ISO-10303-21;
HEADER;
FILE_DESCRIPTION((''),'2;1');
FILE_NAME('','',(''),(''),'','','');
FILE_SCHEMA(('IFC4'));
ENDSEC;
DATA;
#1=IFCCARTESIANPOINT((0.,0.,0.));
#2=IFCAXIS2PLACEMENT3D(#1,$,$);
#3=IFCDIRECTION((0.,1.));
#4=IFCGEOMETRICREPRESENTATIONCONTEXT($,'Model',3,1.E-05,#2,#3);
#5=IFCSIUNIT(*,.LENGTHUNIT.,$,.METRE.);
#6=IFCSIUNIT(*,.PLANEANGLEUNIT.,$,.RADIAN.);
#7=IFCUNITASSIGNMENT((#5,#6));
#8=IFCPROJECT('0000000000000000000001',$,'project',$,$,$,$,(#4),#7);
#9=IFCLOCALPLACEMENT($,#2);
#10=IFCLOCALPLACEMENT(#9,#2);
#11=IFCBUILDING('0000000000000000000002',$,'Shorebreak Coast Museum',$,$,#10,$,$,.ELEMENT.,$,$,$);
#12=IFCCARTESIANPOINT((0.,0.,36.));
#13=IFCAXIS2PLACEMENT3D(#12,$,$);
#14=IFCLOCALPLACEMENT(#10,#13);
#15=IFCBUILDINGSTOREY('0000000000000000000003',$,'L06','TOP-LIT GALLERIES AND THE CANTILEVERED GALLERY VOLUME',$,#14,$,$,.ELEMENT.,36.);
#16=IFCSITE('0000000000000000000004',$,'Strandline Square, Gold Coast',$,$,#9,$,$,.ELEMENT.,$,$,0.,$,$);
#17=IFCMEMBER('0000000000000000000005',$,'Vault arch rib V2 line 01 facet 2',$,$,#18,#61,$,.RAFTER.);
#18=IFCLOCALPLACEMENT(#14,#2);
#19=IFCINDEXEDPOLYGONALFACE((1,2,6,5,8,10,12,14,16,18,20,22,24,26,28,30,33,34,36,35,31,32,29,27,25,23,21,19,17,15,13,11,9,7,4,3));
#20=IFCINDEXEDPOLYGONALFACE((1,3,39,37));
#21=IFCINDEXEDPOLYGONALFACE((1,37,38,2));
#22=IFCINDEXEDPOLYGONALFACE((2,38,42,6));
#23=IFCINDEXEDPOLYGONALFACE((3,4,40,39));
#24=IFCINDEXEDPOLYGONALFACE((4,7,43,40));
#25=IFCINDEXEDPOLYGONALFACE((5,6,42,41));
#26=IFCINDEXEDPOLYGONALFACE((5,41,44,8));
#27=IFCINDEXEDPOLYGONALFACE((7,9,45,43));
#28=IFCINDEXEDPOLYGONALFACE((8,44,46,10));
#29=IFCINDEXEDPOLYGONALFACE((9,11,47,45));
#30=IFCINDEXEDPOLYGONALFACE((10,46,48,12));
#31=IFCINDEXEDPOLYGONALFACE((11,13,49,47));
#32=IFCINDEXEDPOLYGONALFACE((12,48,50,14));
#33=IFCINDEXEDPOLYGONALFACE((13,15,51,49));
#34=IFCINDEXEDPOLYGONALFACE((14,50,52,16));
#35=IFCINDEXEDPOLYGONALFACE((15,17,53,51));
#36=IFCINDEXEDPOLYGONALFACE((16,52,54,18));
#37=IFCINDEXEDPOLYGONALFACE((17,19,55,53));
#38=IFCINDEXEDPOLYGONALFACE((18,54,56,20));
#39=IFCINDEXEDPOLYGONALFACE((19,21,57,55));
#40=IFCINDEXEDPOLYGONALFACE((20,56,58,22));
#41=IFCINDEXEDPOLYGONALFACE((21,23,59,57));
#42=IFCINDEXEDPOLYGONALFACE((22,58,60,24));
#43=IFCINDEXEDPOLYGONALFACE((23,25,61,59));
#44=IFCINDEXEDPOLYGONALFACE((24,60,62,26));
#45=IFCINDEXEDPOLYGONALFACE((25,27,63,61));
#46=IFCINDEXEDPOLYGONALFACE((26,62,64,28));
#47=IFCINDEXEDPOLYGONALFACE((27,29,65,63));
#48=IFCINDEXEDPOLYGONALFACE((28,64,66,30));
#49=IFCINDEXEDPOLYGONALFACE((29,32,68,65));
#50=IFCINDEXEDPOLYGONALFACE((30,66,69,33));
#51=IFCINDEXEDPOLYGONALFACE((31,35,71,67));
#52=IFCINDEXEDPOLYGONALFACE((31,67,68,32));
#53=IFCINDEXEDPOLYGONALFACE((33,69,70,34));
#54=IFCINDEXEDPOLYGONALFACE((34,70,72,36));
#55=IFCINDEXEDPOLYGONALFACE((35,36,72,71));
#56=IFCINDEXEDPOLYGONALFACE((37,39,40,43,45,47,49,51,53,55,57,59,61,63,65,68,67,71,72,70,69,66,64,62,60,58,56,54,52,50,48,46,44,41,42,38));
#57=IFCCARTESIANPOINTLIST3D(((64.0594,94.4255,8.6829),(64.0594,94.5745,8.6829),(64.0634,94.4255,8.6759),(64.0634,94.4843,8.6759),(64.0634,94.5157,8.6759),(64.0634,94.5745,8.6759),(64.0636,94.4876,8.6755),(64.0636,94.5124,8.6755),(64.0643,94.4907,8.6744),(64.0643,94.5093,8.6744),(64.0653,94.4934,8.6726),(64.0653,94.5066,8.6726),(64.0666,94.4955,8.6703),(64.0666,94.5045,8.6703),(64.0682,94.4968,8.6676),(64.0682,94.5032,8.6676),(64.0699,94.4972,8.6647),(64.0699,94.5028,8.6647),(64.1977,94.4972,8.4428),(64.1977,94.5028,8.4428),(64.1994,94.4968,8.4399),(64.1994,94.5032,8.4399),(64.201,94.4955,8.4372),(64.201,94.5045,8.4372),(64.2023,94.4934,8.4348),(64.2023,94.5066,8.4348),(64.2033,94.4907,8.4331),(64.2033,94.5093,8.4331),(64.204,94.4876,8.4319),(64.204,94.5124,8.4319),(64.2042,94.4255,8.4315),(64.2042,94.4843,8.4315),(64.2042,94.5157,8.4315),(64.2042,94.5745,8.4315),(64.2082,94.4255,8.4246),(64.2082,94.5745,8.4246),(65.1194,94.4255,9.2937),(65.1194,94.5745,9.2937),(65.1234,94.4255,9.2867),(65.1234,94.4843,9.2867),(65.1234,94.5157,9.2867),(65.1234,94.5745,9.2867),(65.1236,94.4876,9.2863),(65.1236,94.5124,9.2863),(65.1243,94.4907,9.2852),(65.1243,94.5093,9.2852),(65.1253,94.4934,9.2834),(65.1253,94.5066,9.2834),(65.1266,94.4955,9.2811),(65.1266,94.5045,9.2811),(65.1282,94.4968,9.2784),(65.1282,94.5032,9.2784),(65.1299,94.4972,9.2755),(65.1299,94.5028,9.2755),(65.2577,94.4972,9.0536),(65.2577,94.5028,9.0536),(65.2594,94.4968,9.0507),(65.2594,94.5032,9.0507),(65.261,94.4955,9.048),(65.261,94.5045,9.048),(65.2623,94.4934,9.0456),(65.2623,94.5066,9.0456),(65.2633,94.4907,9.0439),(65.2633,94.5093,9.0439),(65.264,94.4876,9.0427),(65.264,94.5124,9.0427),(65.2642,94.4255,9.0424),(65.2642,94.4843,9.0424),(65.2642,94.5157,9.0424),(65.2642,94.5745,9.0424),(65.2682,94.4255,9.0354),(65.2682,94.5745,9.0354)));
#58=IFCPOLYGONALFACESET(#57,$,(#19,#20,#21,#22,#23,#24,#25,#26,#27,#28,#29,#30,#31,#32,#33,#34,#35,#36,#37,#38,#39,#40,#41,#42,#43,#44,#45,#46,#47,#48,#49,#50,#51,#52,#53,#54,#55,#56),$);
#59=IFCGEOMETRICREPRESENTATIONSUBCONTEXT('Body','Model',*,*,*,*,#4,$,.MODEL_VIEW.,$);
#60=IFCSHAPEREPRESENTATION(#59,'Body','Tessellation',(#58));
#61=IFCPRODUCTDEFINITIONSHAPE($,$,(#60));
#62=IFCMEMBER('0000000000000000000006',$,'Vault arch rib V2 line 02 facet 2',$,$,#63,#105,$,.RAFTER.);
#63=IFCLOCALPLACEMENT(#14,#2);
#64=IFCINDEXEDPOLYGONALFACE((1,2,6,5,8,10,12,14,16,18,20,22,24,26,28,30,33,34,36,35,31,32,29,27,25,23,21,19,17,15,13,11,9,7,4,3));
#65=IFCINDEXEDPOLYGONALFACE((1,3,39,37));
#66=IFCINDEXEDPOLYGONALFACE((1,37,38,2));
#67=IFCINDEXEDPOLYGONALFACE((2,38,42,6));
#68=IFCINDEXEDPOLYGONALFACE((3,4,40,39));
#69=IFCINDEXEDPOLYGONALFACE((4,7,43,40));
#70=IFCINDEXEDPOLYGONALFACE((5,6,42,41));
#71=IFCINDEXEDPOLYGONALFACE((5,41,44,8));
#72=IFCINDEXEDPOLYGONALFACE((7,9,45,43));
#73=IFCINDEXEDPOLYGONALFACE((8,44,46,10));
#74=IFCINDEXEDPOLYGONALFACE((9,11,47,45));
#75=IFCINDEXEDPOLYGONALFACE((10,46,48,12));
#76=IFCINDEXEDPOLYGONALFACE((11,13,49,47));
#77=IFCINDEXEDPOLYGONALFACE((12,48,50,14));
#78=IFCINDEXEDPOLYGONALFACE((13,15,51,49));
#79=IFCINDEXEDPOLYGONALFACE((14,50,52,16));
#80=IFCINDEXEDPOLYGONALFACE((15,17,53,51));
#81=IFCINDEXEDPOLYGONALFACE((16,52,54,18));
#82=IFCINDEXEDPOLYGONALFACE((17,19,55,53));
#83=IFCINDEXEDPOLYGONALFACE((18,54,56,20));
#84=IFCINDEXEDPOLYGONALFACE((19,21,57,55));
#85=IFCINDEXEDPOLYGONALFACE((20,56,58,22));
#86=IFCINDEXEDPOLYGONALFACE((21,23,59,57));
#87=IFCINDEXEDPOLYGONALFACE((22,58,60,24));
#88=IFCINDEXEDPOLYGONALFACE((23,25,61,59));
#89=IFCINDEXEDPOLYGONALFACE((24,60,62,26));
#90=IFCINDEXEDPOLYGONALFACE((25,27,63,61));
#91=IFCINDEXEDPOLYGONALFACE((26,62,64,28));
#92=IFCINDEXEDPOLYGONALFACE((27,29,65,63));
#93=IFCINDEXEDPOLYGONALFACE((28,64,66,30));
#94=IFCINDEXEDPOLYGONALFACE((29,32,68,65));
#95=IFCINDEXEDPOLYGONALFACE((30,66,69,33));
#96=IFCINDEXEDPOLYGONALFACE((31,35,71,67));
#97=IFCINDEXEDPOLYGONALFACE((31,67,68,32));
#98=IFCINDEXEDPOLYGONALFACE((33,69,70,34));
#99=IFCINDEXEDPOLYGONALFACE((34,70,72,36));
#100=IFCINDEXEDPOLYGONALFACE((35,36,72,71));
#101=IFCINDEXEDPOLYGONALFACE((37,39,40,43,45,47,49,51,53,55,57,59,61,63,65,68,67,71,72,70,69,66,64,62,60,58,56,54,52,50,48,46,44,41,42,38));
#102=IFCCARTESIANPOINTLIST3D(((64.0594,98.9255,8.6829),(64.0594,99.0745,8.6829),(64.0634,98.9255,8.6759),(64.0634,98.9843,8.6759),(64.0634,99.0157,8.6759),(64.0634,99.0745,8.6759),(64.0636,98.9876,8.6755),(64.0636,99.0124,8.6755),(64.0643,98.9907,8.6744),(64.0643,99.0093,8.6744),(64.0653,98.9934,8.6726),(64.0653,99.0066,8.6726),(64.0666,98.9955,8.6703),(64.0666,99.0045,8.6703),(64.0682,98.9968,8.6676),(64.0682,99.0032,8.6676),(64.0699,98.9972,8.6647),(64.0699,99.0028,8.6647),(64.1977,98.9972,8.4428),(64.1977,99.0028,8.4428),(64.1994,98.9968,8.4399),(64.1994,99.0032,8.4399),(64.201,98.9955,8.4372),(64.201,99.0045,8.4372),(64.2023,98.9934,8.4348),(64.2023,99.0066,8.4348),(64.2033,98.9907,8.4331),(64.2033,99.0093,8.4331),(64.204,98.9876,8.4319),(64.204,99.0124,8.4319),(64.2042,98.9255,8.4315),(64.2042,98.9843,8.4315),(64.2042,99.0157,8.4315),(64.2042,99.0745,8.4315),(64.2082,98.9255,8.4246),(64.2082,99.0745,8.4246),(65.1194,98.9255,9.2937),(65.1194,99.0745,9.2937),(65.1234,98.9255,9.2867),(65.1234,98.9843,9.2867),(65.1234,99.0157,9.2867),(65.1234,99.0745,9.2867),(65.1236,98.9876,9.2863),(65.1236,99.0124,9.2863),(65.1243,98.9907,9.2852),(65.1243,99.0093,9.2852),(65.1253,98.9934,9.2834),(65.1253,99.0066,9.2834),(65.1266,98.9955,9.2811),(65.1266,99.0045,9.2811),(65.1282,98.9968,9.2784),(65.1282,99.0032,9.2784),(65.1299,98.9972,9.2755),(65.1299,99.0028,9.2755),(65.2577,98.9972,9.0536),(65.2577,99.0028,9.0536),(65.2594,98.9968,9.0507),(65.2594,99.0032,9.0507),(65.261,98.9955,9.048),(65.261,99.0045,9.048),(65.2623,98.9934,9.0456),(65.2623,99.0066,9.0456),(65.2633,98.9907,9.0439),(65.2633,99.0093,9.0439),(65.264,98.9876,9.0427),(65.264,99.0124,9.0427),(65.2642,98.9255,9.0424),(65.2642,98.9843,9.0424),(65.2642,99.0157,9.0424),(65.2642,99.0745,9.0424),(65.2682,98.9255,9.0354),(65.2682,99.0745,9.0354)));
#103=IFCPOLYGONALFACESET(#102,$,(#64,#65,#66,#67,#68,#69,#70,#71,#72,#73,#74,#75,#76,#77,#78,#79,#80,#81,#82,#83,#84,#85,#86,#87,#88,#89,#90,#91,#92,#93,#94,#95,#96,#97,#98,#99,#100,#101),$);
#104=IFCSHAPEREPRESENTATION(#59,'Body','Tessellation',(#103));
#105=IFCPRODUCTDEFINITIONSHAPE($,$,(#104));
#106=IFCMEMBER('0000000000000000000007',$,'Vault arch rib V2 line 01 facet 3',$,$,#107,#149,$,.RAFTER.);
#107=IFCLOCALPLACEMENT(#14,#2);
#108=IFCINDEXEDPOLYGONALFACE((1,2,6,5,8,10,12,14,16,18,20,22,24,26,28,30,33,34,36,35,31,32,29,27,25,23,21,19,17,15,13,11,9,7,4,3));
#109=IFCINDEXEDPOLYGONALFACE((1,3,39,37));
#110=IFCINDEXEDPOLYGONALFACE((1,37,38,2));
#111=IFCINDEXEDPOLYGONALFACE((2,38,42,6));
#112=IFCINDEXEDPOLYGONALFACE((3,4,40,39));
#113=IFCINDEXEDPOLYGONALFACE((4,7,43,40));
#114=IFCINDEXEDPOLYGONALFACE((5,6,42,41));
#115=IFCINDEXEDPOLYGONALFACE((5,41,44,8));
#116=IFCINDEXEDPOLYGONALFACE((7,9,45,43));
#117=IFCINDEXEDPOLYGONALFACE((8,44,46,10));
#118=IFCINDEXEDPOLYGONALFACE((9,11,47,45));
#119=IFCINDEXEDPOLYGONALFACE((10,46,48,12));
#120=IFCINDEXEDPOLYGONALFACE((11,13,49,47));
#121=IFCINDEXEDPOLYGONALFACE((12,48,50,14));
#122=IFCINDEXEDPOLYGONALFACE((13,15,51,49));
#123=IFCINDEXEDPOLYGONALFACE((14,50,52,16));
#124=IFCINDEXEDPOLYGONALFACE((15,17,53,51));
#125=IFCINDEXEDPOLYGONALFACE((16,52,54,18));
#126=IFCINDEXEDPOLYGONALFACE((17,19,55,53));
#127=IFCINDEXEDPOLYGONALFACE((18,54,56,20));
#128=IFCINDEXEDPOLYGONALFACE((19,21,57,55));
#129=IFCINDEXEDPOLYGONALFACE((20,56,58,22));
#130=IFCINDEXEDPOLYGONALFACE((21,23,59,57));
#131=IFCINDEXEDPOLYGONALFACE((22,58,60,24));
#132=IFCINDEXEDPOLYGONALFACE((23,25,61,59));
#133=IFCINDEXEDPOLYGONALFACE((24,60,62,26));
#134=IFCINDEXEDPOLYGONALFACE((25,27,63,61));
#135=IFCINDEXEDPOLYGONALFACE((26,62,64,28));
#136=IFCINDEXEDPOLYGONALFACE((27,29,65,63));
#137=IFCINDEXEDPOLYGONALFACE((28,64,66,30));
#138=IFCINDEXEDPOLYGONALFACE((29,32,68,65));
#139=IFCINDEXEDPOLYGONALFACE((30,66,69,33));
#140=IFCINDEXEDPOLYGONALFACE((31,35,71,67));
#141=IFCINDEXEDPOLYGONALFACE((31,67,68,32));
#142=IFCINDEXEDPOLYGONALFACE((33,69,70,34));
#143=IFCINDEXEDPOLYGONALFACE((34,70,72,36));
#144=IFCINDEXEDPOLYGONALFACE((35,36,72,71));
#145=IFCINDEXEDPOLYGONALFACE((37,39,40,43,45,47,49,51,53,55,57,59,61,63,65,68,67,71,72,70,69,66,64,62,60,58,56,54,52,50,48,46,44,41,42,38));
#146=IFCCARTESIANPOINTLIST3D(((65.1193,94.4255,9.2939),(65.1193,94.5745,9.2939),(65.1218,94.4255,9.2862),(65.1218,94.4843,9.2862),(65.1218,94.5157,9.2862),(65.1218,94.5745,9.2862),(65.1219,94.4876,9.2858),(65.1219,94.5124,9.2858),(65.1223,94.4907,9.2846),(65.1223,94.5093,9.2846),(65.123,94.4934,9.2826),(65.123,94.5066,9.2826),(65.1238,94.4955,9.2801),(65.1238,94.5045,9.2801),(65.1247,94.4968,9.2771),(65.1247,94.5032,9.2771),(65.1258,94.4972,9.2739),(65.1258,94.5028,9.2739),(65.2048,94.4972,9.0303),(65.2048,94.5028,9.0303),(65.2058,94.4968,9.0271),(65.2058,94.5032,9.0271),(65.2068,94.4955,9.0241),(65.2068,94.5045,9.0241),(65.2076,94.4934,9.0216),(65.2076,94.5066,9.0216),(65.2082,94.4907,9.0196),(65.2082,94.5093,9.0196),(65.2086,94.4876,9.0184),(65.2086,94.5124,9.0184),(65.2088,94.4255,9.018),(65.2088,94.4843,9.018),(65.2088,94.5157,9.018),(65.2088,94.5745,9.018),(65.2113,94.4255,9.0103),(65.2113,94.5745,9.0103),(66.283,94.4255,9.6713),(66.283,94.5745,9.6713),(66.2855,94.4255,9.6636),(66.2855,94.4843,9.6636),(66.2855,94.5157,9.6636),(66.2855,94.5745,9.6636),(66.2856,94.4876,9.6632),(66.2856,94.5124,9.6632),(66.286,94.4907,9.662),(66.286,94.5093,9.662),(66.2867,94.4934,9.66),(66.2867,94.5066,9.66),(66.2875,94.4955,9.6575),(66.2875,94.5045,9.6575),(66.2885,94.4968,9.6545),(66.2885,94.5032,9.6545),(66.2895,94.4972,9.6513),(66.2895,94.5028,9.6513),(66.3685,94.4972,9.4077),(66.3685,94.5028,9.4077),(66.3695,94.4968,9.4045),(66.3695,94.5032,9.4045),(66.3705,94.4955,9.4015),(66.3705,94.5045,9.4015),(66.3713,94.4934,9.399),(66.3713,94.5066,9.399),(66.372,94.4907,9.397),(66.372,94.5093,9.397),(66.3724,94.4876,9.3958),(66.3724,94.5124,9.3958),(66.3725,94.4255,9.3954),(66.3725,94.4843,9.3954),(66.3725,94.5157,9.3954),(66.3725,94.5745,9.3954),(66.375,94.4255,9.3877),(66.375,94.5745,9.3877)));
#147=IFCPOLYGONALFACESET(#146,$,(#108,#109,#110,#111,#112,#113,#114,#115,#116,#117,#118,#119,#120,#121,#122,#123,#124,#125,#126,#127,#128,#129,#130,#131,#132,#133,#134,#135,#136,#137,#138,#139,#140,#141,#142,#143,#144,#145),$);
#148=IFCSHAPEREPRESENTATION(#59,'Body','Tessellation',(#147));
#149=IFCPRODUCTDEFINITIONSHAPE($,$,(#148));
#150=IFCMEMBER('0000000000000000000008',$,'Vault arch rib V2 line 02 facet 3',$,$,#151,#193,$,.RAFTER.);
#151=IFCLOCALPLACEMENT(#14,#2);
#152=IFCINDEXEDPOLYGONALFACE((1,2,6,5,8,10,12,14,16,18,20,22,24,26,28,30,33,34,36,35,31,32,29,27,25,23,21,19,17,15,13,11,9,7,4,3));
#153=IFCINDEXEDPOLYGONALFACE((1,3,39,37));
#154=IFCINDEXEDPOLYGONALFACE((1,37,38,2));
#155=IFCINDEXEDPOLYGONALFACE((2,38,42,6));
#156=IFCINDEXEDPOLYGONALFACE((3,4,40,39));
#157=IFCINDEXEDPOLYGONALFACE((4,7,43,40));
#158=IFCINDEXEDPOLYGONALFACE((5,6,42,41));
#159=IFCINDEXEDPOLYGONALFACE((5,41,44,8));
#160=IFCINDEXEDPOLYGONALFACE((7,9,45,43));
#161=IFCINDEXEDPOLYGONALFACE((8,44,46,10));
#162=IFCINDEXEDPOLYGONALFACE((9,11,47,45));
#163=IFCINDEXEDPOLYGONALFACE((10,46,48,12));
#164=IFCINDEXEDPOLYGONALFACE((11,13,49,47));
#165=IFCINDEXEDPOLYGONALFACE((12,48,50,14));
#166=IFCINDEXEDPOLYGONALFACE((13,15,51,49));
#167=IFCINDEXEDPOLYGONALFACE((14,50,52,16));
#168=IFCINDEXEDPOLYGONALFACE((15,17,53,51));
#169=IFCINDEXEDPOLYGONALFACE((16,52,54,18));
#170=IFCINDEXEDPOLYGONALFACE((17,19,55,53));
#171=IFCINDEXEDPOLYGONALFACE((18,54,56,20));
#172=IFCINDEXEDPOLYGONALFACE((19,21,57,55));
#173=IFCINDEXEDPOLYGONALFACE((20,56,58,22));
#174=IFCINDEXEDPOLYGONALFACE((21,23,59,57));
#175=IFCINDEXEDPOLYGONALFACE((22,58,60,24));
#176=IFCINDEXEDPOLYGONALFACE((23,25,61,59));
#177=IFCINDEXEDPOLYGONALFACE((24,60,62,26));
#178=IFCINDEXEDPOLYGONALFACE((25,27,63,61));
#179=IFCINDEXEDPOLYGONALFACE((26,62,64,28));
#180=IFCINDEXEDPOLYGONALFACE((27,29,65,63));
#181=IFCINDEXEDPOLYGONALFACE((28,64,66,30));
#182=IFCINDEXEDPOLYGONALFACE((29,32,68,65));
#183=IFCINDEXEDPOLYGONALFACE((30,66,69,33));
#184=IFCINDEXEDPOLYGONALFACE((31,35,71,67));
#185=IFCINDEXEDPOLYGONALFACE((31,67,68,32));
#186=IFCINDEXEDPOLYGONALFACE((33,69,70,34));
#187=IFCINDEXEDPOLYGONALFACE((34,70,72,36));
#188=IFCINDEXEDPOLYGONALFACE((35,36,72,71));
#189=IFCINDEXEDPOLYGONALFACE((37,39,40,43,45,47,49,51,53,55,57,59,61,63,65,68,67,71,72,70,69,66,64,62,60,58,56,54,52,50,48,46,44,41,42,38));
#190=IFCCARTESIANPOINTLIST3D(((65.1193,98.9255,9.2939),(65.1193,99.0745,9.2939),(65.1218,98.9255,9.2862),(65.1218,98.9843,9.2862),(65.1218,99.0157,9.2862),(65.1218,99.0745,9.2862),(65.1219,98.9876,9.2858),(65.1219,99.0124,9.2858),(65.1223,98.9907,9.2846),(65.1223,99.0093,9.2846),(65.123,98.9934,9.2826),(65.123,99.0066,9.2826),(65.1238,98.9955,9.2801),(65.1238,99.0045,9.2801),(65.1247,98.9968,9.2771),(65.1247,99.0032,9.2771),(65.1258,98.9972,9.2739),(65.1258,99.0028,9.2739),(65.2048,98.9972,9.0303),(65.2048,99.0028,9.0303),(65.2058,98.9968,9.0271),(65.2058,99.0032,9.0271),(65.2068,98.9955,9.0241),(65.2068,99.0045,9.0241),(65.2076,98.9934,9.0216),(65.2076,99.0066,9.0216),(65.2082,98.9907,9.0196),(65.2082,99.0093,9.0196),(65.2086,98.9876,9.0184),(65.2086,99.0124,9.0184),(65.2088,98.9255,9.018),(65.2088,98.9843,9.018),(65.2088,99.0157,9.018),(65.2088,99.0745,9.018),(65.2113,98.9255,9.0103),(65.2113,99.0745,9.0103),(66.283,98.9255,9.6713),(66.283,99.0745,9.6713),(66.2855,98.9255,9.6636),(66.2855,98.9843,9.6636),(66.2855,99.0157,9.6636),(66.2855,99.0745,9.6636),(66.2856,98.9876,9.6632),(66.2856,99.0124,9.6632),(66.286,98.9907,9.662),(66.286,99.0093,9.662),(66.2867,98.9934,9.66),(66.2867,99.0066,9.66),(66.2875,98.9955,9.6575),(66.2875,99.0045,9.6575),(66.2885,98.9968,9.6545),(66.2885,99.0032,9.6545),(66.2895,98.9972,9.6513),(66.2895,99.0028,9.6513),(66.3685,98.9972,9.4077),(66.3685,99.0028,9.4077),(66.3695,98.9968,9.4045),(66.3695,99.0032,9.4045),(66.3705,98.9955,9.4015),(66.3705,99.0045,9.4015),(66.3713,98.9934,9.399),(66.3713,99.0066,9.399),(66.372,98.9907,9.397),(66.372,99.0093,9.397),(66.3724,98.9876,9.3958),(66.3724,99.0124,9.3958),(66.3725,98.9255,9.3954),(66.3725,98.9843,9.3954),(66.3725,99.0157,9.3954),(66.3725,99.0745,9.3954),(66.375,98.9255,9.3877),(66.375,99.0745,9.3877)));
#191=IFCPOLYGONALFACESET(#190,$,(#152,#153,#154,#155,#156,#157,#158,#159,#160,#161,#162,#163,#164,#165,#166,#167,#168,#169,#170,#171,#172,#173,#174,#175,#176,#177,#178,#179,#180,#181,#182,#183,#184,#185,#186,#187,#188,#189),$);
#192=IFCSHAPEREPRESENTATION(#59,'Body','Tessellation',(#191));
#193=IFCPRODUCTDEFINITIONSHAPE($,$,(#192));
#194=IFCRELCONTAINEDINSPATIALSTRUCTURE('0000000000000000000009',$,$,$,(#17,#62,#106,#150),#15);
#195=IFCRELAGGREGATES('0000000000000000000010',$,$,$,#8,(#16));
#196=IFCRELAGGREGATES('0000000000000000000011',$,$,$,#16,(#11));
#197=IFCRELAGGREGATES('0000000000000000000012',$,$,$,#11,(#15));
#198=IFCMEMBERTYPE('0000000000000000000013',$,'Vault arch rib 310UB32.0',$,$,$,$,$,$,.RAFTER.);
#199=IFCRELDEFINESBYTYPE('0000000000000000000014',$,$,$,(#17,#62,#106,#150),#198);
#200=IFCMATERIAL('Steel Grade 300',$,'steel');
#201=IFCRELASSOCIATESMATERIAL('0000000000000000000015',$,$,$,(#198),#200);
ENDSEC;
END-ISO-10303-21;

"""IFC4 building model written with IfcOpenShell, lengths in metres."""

from ifc_helpers import new_model, si_unit, direction, frame, origin, origin_2d, place, context, subcontext, project, spatial, i_section, extrude, material, material_profile, profile_set, type_object, element, save


model = new_model("IFC4")

# Units and contexts
model_context = context("Model", 3, precision=1e-05, world=origin(), true_north=direction((0.0, 1.0)))
body_context = subcontext(model_context, "Body", "Model", "MODEL_VIEW")
ifc_project = project(units=[si_unit("LENGTHUNIT", "METRE"), si_unit("PLANEANGLEUNIT", "RADIAN")], contexts=[model_context])

# Site, building, storey
site_placement = place(None, origin())
site = spatial("IfcSite", under=ifc_project, at=site_placement, Name="Strandline Square, Gold Coast", CompositionType="ELEMENT", RefElevation=0.0)
building_placement = place(site_placement, origin())
building = spatial("IfcBuilding", under=site, at=building_placement, Name="Shorebreak Coast Museum", CompositionType="ELEMENT")
storey_placement = place(building_placement, frame((0.0, 0.0, 36.0)))
storey = spatial("IfcBuildingStorey", under=building, at=storey_placement, Name="L06", Description="TOP-LIT GALLERIES AND THE CANTILEVERED GALLERY VOLUME", CompositionType="ELEMENT", Elevation=36.0)

# Members
ifc_material_1 = material(Name="Steel Grade 300", Category="steel")
ifc_material_profile_1 = material_profile(ifc_material_1, i_section(OverallWidth=0.1489, OverallDepth=0.2981, WebThickness=0.0056, FlangeThickness=0.0081, FilletRadius=0.0129, at=origin_2d()), Name="310UB32.0")
ifc_profile_set_1 = profile_set([ifc_material_profile_1], Name="Steel Grade 300")
member_type_1 = type_object("IfcMemberType", Name="Vault arch rib 310UB32.0", PredefinedType="RAFTER", material=ifc_profile_set_1)
for number, where, z_axis, x_axis, name in (
    (1, (64.1338, 94.5, 8.5537), (0.866445, 0.0, 0.499273), (0.0, 1.0, 0.0), "Vault arch rib V2 line 01 facet 2"),
    (2, (64.1338, 99.0, 8.5537), (0.866445, 0.0, 0.499273), (0.0, 1.0, 0.0), "Vault arch rib V2 line 02 facet 2"),
    (3, (65.1653, 94.5, 9.1521), (0.951226, 0.0, 0.308495), (0.0, 1.0, 0.0), "Vault arch rib V2 line 01 facet 3"),
    (4, (65.1653, 99.0, 9.1521), (0.951226, 0.0, 0.308495), (0.0, 1.0, 0.0), "Vault arch rib V2 line 02 facet 3"),
):
    element("IfcMember", number, at=place(storey_placement, frame(where, z_axis=z_axis, x_axis=x_axis)), inside=storey, type_object=member_type_1, Name=name, PredefinedType="RAFTER", context=body_context, shape_type="SweptSolid", body=[
        extrude(i_section(OverallWidth=0.1489, OverallDepth=0.2981, WebThickness=0.0056, FlangeThickness=0.0081, FilletRadius=0.0129, at=origin_2d()), origin(), (0.0, 0.0, 1.0), 1.2234),
    ])

save(model, "model.ifc")
